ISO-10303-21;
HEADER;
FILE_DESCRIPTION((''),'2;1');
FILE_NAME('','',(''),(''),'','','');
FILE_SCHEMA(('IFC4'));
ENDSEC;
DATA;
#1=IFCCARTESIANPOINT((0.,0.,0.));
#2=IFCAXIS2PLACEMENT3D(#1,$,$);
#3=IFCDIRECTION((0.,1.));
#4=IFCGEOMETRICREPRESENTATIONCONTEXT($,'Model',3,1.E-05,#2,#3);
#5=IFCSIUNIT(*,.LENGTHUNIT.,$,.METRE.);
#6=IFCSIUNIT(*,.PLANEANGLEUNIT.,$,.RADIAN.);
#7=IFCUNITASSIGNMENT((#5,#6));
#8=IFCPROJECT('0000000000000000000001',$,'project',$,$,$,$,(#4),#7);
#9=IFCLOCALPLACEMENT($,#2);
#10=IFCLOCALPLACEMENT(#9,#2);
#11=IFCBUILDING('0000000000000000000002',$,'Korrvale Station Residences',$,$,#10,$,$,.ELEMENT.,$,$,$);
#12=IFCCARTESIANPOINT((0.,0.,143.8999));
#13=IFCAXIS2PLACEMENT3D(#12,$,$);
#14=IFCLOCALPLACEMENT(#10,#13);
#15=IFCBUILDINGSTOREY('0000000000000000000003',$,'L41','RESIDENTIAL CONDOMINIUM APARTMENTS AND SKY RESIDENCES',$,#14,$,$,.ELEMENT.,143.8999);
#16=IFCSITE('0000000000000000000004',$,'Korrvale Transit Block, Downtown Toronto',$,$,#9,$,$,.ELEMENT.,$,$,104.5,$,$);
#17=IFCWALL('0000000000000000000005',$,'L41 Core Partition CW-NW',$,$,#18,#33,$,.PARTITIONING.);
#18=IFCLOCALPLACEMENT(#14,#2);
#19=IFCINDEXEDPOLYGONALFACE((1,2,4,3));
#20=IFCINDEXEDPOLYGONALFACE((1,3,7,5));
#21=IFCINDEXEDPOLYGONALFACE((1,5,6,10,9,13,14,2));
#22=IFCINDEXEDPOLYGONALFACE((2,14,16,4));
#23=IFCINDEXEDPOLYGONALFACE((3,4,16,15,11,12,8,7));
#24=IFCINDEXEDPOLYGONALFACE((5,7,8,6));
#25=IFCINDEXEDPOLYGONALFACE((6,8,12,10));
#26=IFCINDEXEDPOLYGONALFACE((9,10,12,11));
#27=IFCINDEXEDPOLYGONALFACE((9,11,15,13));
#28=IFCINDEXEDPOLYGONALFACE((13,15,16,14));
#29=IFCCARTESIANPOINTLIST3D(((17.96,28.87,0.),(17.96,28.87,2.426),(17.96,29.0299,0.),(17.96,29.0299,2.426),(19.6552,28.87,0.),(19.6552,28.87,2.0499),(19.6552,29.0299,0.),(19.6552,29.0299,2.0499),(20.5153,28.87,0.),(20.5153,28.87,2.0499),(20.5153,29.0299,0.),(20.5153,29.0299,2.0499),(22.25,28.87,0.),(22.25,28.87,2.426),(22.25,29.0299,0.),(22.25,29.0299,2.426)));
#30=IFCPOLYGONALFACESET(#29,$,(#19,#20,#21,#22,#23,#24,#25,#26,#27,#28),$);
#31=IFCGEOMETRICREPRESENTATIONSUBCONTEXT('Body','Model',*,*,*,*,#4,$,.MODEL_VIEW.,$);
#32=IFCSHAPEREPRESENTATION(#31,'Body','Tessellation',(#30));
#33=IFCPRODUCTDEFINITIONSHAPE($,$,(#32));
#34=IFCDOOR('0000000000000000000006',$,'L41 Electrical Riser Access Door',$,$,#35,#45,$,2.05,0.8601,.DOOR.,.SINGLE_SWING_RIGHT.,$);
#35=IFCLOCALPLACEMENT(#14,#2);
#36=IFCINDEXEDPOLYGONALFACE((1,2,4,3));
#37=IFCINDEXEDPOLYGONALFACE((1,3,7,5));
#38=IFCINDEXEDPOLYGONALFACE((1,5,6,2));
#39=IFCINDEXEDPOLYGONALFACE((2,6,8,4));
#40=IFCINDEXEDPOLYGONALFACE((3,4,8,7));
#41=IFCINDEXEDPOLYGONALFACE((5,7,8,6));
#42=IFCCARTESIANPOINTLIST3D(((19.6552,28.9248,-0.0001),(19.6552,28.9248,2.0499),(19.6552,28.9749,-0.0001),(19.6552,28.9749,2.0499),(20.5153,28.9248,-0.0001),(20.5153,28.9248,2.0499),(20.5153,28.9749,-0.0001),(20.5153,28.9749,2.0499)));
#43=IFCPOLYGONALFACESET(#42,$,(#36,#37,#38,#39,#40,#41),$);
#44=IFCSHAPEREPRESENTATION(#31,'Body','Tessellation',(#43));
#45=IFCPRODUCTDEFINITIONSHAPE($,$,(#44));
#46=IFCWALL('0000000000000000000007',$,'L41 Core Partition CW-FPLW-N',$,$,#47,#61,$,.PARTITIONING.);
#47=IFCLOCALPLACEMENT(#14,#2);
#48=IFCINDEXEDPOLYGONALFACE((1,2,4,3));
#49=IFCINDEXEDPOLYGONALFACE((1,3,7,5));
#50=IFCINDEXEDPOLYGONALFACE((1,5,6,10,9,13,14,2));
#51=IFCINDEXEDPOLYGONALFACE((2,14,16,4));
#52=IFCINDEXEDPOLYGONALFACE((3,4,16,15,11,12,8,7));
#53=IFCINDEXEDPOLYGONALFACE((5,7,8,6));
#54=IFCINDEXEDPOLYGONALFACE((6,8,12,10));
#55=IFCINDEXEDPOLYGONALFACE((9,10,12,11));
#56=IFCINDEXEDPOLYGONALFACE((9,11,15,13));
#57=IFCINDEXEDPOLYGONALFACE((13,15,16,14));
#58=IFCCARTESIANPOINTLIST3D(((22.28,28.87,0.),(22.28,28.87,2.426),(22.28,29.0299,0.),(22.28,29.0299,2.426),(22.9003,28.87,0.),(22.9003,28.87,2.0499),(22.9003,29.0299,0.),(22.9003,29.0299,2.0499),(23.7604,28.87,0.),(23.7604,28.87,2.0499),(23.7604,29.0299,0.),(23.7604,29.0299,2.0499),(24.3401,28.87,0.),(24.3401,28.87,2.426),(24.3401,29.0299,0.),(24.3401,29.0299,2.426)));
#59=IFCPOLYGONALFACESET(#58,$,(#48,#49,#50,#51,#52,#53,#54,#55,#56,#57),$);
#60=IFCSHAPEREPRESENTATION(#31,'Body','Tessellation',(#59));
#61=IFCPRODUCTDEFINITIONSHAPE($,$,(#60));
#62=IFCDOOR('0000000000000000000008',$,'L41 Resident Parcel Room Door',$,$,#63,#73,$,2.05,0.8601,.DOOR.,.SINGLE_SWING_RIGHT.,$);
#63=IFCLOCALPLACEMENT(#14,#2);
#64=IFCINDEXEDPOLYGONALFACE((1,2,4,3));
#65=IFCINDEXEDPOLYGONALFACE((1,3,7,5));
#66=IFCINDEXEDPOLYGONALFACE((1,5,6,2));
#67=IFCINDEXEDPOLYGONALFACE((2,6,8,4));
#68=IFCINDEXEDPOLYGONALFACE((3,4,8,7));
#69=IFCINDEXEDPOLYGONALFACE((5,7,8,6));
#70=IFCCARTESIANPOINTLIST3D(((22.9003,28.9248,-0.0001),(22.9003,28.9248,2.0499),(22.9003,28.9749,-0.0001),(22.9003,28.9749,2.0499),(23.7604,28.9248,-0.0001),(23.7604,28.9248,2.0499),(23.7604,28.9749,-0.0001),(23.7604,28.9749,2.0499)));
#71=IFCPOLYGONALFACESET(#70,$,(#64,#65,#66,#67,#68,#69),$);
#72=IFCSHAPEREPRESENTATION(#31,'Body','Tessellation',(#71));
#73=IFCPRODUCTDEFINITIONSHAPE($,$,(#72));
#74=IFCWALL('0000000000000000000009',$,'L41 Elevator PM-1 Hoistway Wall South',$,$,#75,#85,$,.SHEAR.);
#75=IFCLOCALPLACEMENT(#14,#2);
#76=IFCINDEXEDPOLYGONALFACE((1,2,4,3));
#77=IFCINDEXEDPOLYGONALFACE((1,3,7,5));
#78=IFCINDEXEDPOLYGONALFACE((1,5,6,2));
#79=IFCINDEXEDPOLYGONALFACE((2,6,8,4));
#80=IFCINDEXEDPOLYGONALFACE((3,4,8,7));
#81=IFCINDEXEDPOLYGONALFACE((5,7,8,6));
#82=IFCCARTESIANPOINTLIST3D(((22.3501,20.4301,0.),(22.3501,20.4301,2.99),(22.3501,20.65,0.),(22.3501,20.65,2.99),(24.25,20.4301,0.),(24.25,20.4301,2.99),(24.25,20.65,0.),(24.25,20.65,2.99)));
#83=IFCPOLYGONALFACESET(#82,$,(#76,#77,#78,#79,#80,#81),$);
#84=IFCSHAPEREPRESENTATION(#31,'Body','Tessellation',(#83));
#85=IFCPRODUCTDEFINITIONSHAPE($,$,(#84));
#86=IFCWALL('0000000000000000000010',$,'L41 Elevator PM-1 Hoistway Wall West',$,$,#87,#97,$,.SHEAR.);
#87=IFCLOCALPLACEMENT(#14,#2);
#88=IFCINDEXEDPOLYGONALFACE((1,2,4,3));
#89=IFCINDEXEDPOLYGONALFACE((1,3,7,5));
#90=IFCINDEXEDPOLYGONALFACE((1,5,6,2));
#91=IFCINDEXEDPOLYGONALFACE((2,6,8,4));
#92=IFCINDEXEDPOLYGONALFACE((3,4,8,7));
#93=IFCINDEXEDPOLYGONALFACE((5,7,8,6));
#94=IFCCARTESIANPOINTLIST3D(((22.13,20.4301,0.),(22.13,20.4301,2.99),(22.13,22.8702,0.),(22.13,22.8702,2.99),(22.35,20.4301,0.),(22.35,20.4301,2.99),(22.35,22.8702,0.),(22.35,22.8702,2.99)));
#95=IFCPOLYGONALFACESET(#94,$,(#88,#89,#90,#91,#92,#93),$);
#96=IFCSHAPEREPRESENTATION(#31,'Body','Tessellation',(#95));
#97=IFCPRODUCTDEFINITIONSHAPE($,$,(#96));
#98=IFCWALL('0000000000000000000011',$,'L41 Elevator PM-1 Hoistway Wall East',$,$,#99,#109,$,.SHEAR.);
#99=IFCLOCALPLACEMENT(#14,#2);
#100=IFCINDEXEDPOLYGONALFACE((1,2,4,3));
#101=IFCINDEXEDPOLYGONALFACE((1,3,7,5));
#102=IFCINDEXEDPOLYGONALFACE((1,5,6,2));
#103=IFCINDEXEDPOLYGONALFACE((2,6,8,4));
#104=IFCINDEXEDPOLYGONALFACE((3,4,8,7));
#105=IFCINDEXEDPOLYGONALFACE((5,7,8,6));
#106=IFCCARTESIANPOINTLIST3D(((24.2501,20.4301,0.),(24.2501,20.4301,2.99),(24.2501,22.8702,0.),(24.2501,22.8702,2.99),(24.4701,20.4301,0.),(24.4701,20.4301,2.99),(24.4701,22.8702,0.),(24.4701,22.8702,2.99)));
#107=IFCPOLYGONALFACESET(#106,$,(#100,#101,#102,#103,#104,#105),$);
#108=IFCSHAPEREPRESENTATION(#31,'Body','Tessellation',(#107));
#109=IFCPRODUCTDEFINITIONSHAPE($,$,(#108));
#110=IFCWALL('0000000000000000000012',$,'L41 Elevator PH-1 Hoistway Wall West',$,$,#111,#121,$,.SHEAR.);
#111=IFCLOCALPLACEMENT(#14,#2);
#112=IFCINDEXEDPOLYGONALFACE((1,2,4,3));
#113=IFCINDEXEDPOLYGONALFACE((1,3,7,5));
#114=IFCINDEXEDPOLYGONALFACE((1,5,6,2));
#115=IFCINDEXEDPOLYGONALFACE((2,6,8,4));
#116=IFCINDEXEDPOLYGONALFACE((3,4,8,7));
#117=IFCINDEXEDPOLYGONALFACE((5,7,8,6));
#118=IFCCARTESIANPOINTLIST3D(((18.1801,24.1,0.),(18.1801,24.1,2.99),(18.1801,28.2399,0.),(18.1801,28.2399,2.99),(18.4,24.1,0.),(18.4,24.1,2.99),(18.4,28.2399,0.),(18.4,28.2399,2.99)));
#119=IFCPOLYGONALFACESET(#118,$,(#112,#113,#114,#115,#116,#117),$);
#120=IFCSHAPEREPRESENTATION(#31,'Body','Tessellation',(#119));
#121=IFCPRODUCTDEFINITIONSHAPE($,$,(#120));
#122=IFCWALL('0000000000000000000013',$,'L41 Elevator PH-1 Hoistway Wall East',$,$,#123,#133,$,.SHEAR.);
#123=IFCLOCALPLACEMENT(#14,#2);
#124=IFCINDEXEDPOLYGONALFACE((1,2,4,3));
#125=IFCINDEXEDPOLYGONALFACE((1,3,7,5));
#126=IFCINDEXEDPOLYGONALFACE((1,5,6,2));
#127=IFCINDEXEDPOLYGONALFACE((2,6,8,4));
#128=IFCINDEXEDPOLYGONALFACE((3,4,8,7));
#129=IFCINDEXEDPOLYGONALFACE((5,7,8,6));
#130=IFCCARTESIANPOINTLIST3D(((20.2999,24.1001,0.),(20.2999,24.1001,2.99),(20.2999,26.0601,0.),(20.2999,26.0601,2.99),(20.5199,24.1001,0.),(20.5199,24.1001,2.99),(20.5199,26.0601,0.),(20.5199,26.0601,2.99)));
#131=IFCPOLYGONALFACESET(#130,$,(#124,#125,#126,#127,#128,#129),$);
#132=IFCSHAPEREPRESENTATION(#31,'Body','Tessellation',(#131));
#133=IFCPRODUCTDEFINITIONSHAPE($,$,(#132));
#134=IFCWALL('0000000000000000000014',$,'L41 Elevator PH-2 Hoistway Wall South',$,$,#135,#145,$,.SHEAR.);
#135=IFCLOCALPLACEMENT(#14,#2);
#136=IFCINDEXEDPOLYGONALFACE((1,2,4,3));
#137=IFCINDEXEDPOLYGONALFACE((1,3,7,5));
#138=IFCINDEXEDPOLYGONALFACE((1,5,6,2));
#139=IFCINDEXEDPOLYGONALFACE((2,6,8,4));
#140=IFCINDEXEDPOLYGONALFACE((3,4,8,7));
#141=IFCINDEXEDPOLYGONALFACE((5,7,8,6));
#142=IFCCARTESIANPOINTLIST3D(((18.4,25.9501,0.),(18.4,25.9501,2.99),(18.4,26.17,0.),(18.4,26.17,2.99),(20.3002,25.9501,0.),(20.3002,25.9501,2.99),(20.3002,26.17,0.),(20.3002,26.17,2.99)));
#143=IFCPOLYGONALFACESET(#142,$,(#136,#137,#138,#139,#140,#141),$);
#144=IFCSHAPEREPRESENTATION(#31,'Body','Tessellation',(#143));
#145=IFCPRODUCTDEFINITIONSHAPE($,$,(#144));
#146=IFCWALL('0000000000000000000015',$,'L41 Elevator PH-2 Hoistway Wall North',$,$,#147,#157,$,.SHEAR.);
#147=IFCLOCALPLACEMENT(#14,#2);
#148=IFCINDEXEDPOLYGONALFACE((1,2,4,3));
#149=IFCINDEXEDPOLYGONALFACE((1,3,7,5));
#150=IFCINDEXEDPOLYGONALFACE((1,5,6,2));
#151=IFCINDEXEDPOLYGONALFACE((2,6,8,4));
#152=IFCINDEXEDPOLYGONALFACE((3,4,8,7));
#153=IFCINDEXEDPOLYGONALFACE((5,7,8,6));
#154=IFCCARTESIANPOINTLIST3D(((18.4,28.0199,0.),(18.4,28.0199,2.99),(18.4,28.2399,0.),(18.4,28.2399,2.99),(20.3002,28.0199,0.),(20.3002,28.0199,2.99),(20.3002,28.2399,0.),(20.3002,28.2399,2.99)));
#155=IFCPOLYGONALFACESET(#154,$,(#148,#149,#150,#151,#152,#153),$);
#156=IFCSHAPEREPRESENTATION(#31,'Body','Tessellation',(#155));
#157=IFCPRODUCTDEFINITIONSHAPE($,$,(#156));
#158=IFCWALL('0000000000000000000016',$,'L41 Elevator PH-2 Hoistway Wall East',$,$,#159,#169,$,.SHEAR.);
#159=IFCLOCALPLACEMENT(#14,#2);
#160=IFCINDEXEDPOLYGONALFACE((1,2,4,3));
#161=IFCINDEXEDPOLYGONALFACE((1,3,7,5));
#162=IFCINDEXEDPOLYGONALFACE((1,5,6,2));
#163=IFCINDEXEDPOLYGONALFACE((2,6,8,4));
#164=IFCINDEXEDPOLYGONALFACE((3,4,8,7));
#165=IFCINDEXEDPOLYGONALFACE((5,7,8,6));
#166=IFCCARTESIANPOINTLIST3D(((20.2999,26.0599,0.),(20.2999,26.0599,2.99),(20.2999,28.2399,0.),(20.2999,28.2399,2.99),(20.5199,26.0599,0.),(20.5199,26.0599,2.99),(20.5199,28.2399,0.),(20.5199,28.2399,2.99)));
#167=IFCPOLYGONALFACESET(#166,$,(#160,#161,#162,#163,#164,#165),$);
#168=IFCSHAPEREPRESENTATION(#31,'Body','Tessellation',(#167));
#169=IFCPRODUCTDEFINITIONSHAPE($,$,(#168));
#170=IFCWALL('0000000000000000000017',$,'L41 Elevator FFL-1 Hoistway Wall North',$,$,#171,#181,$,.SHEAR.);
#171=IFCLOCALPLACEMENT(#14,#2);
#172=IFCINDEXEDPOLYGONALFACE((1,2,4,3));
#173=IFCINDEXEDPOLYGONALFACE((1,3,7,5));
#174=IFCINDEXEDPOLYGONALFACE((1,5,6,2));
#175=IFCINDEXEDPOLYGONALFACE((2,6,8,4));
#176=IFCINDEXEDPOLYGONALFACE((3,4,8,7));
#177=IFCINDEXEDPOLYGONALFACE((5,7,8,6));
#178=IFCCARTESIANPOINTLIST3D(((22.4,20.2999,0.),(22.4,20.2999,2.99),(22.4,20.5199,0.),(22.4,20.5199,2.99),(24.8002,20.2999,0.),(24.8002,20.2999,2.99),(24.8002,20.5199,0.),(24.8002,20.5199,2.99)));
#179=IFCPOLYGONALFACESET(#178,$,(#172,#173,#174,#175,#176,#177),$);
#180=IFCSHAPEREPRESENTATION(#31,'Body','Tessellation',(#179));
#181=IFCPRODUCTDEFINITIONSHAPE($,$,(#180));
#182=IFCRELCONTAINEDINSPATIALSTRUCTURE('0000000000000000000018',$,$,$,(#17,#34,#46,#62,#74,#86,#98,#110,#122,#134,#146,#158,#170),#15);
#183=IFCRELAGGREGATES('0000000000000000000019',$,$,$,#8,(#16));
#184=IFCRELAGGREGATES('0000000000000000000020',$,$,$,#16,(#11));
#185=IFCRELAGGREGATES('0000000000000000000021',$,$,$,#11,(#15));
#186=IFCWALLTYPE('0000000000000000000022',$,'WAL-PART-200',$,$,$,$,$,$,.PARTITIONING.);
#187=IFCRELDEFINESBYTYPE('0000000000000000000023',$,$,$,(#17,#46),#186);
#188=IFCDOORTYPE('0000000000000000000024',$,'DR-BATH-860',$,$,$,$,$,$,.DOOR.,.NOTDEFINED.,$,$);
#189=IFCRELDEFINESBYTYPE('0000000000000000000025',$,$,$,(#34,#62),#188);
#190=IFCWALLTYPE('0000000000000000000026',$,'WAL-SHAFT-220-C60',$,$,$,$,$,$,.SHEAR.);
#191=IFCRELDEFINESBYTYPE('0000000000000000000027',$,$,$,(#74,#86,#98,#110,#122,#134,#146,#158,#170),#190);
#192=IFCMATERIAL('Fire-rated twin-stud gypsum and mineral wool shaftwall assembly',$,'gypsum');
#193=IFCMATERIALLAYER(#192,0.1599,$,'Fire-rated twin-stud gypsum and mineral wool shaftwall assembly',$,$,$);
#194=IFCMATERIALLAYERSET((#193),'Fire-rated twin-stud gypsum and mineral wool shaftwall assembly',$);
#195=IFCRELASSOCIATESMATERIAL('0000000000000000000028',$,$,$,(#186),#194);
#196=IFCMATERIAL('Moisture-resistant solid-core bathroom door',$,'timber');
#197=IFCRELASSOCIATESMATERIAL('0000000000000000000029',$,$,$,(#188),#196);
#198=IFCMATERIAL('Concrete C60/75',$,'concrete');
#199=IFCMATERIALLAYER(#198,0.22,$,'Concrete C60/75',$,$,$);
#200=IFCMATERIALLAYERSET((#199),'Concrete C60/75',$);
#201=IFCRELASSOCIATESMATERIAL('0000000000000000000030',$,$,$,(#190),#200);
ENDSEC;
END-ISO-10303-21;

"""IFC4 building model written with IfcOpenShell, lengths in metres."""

from ifc_helpers import new_model, si_unit, direction, frame, frame_2d, origin, place, context, subcontext, project, spatial, rectangle, extrude, material, layer, layer_set, type_object, element, fill, save


model = new_model("IFC4")

# Units and contexts
model_context = context("Model", 3, precision=1e-05, world=origin(), true_north=direction((0.0, 1.0)))
body_context = subcontext(model_context, "Body", "Model", "MODEL_VIEW")
ifc_project = project(units=[si_unit("LENGTHUNIT", "METRE"), si_unit("PLANEANGLEUNIT", "RADIAN")], contexts=[model_context])

# Site, building, storey
site_placement = place(None, origin())
site = spatial("IfcSite", under=ifc_project, at=site_placement, Name="Korrvale Transit Block, Downtown Toronto", CompositionType="ELEMENT", RefElevation=104.5)
building_placement = place(site_placement, origin())
building = spatial("IfcBuilding", under=site, at=building_placement, Name="Korrvale Station Residences", CompositionType="ELEMENT")
storey_placement = place(building_placement, frame((0.0, 0.0, 143.8999)))
storey = spatial("IfcBuildingStorey", under=building, at=storey_placement, Name="L41", Description="RESIDENTIAL CONDOMINIUM APARTMENTS AND SKY RESIDENCES", CompositionType="ELEMENT", Elevation=143.8999)

# Shared definitions
ifc_material_1 = material(Name="Concrete C60/75", Category="concrete")
ifc_material_2 = material(Name="Fire-rated twin-stud gypsum and mineral wool shaftwall assembly", Category="gypsum")
ifc_layer_1 = layer(ifc_material_2, 0.1599, Name="Fire-rated twin-stud gypsum and mineral wool shaftwall assembly")
ifc_layer_set_1 = layer_set([ifc_layer_1], Name="Fire-rated twin-stud gypsum and mineral wool shaftwall assembly")
wall_type_1 = type_object("IfcWallType", Name="WAL-PART-200", PredefinedType="PARTITIONING", material=ifc_layer_set_1)

# Walls, openings, doors
wall_1_placement = place(storey_placement, frame((17.96, 28.95, 0.0), z_axis=(0.0, 0.0, 1.0), x_axis=(1.0, 0.0, 0.0)))
wall_1 = element("IfcWall", 1, at=wall_1_placement, inside=storey, type_object=wall_type_1, Name="L41 Core Partition CW-NW", PredefinedType="PARTITIONING", context=body_context, shape_type="SweptSolid", body=[
    extrude(rectangle(XDim=4.29, YDim=0.1599, at=frame_2d((2.145, 0.0))), origin(), (0.0, 0.0, 1.0), 2.426),
])
opening_1_placement = place(wall_1_placement, frame((1.6951, 0.0, 0.0)))
opening_1 = element("IfcOpeningElement", 2, at=opening_1_placement, cuts=wall_1, PredefinedType="OPENING", context=body_context, shape_type="SweptSolid", body=[
    extrude(rectangle(XDim=0.8601, YDim=2.05, at=frame_2d((0.4302, 1.0249))), frame((0.0, 0.0898, 0.0), z_axis=(0.0, -1.0, 0.0), x_axis=(1.0, 0.0, 0.0)), (0.0, 0.0, 1.0), 0.1799),
])
ifc_material_3 = material(Name="Moisture-resistant solid-core bathroom door", Category="timber")
door_type_1 = type_object("IfcDoorType", Name="DR-BATH-860", OperationType="NOTDEFINED", PredefinedType="DOOR", material=ifc_material_3)
door_1_placement = place(opening_1_placement, origin())
door_1 = element("IfcDoor", 3, at=door_1_placement, inside=storey, type_object=door_type_1, Name="L41 Electrical Riser Access Door", OperationType="SINGLE_SWING_RIGHT", OverallHeight=2.05, OverallWidth=0.8601, PredefinedType="DOOR", context=body_context, shape_type="SweptSolid", body=[
    extrude(rectangle(XDim=0.8601, YDim=2.05, at=frame_2d((0.4302, 1.0249))), frame((0.0, 0.0249, 0.0), z_axis=(0.0, -1.0, 0.0), x_axis=(1.0, 0.0, 0.0)), (0.0, 0.0, 1.0), 0.05),
])
fill(opening_1, door_1)
wall_2_placement = place(storey_placement, frame((22.28, 28.95, 0.0), z_axis=(0.0, 0.0, 1.0), x_axis=(1.0, 0.0, 0.0)))
wall_2 = element("IfcWall", 4, at=wall_2_placement, inside=storey, type_object=wall_type_1, Name="L41 Core Partition CW-FPLW-N", PredefinedType="PARTITIONING", context=body_context, shape_type="SweptSolid", body=[
    extrude(rectangle(XDim=2.0601, YDim=0.1599, at=frame_2d((1.03, 0.0))), origin(), (0.0, 0.0, 1.0), 2.426),
])
opening_2_placement = place(wall_2_placement, frame((0.6201, 0.0, 0.0)))
opening_2 = element("IfcOpeningElement", 5, at=opening_2_placement, cuts=wall_2, PredefinedType="OPENING", context=body_context, shape_type="SweptSolid", body=[
    extrude(rectangle(XDim=0.8601, YDim=2.05, at=frame_2d((0.4302, 1.0249))), frame((0.0, 0.0898, 0.0), z_axis=(0.0, -1.0, 0.0), x_axis=(1.0, 0.0, 0.0)), (0.0, 0.0, 1.0), 0.1799),
])
door_2_placement = place(opening_2_placement, origin())
door_2 = element("IfcDoor", 6, at=door_2_placement, inside=storey, type_object=door_type_1, Name="L41 Resident Parcel Room Door", OperationType="SINGLE_SWING_RIGHT", OverallHeight=2.05, OverallWidth=0.8601, PredefinedType="DOOR", context=body_context, shape_type="SweptSolid", body=[
    extrude(rectangle(XDim=0.8601, YDim=2.05, at=frame_2d((0.4302, 1.0249))), frame((0.0, 0.0249, 0.0), z_axis=(0.0, -1.0, 0.0), x_axis=(1.0, 0.0, 0.0)), (0.0, 0.0, 1.0), 0.05),
])
fill(opening_2, door_2)

# Wall
ifc_layer_2 = layer(ifc_material_1, 0.22, Name="Concrete C60/75")
ifc_layer_set_2 = layer_set([ifc_layer_2], Name="Concrete C60/75")
wall_type_2 = type_object("IfcWallType", Name="WAL-SHAFT-220-C60", PredefinedType="SHEAR", material=ifc_layer_set_2)
wall_3_placement = place(storey_placement, frame((22.3501, 20.54, 0.0), z_axis=(0.0, 0.0, 1.0), x_axis=(1.0, 0.0, 0.0)))
element("IfcWall", 7, at=wall_3_placement, inside=storey, type_object=wall_type_2, Name="L41 Elevator PM-1 Hoistway Wall South", PredefinedType="SHEAR", context=body_context, shape_type="SweptSolid", body=[
    extrude(rectangle(XDim=1.8999, YDim=0.22, at=frame_2d((0.95, 0.0))), origin(), (0.0, 0.0, 1.0), 2.99),
])

# Walls
for number, where, z_axis, x_axis, name in (
    (8, (22.24, 20.4299, 0.0), (0.0, 0.0, 1.0), (0.0, 1.0, 0.0), "L41 Elevator PM-1 Hoistway Wall West"),
    (9, (24.3601, 20.4299, 0.0), (0.0, 0.0, 1.0), (0.0, 1.0, 0.0), "L41 Elevator PM-1 Hoistway Wall East"),
):
    element("IfcWall", number, at=place(storey_placement, frame(where, z_axis=z_axis, x_axis=x_axis)), inside=storey, type_object=wall_type_2, Name=name, PredefinedType="SHEAR", context=body_context, shape_type="SweptSolid", body=[
        extrude(rectangle(XDim=2.4402, YDim=0.22, at=frame_2d((1.2202, 0.0))), origin(), (0.0, 0.0, 1.0), 2.99),
    ])
wall_4_placement = place(storey_placement, frame((18.29, 24.1001, 0.0), z_axis=(0.0, 0.0, 1.0), x_axis=(0.0, 1.0, 0.0)))
element("IfcWall", 10, at=wall_4_placement, inside=storey, type_object=wall_type_2, Name="L41 Elevator PH-1 Hoistway Wall West", PredefinedType="SHEAR", context=body_context, shape_type="SweptSolid", body=[
    extrude(rectangle(XDim=4.1399, YDim=0.22, at=frame_2d((2.0698, 0.0))), origin(), (0.0, 0.0, 1.0), 2.99),
])
wall_5_placement = place(storey_placement, frame((20.4099, 24.1001, 0.0), z_axis=(0.0, 0.0, 1.0), x_axis=(0.0, 1.0, 0.0)))
element("IfcWall", 11, at=wall_5_placement, inside=storey, type_object=wall_type_2, Name="L41 Elevator PH-1 Hoistway Wall East", PredefinedType="SHEAR", context=body_context, shape_type="SweptSolid", body=[
    extrude(rectangle(XDim=1.96, YDim=0.22, at=frame_2d((0.98, 0.0))), origin(), (0.0, 0.0, 1.0), 2.99),
])
for number, where, z_axis, x_axis, name in (
    (12, (18.3999, 26.0601, 0.0), (0.0, 0.0, 1.0), (1.0, 0.0, 0.0), "L41 Elevator PH-2 Hoistway Wall South"),
    (13, (18.3999, 28.1299, 0.0), (0.0, 0.0, 1.0), (1.0, 0.0, 0.0), "L41 Elevator PH-2 Hoistway Wall North"),
):
    element("IfcWall", number, at=place(storey_placement, frame(where, z_axis=z_axis, x_axis=x_axis)), inside=storey, type_object=wall_type_2, Name=name, PredefinedType="SHEAR", context=body_context, shape_type="SweptSolid", body=[
        extrude(rectangle(XDim=1.9001, YDim=0.22, at=frame_2d((0.9502, 0.0))), origin(), (0.0, 0.0, 1.0), 2.99),
    ])
wall_6_placement = place(storey_placement, frame((20.4099, 26.0601, 0.0), z_axis=(0.0, 0.0, 1.0), x_axis=(0.0, 1.0, 0.0)))
element("IfcWall", 14, at=wall_6_placement, inside=storey, type_object=wall_type_2, Name="L41 Elevator PH-2 Hoistway Wall East", PredefinedType="SHEAR", context=body_context, shape_type="SweptSolid", body=[
    extrude(rectangle(XDim=2.1799, YDim=0.22, at=frame_2d((1.0898, 0.0))), origin(), (0.0, 0.0, 1.0), 2.99),
])
wall_7_placement = place(storey_placement, frame((22.3999, 20.4099, 0.0), z_axis=(0.0, 0.0, 1.0), x_axis=(1.0, 0.0, 0.0)))
element("IfcWall", 15, at=wall_7_placement, inside=storey, type_object=wall_type_2, Name="L41 Elevator FFL-1 Hoistway Wall North", PredefinedType="SHEAR", context=body_context, shape_type="SweptSolid", body=[
    extrude(rectangle(XDim=2.4001, YDim=0.22, at=frame_2d((1.2002, 0.0))), origin(), (0.0, 0.0, 1.0), 2.99),
])

save(model, "model.ifc")
